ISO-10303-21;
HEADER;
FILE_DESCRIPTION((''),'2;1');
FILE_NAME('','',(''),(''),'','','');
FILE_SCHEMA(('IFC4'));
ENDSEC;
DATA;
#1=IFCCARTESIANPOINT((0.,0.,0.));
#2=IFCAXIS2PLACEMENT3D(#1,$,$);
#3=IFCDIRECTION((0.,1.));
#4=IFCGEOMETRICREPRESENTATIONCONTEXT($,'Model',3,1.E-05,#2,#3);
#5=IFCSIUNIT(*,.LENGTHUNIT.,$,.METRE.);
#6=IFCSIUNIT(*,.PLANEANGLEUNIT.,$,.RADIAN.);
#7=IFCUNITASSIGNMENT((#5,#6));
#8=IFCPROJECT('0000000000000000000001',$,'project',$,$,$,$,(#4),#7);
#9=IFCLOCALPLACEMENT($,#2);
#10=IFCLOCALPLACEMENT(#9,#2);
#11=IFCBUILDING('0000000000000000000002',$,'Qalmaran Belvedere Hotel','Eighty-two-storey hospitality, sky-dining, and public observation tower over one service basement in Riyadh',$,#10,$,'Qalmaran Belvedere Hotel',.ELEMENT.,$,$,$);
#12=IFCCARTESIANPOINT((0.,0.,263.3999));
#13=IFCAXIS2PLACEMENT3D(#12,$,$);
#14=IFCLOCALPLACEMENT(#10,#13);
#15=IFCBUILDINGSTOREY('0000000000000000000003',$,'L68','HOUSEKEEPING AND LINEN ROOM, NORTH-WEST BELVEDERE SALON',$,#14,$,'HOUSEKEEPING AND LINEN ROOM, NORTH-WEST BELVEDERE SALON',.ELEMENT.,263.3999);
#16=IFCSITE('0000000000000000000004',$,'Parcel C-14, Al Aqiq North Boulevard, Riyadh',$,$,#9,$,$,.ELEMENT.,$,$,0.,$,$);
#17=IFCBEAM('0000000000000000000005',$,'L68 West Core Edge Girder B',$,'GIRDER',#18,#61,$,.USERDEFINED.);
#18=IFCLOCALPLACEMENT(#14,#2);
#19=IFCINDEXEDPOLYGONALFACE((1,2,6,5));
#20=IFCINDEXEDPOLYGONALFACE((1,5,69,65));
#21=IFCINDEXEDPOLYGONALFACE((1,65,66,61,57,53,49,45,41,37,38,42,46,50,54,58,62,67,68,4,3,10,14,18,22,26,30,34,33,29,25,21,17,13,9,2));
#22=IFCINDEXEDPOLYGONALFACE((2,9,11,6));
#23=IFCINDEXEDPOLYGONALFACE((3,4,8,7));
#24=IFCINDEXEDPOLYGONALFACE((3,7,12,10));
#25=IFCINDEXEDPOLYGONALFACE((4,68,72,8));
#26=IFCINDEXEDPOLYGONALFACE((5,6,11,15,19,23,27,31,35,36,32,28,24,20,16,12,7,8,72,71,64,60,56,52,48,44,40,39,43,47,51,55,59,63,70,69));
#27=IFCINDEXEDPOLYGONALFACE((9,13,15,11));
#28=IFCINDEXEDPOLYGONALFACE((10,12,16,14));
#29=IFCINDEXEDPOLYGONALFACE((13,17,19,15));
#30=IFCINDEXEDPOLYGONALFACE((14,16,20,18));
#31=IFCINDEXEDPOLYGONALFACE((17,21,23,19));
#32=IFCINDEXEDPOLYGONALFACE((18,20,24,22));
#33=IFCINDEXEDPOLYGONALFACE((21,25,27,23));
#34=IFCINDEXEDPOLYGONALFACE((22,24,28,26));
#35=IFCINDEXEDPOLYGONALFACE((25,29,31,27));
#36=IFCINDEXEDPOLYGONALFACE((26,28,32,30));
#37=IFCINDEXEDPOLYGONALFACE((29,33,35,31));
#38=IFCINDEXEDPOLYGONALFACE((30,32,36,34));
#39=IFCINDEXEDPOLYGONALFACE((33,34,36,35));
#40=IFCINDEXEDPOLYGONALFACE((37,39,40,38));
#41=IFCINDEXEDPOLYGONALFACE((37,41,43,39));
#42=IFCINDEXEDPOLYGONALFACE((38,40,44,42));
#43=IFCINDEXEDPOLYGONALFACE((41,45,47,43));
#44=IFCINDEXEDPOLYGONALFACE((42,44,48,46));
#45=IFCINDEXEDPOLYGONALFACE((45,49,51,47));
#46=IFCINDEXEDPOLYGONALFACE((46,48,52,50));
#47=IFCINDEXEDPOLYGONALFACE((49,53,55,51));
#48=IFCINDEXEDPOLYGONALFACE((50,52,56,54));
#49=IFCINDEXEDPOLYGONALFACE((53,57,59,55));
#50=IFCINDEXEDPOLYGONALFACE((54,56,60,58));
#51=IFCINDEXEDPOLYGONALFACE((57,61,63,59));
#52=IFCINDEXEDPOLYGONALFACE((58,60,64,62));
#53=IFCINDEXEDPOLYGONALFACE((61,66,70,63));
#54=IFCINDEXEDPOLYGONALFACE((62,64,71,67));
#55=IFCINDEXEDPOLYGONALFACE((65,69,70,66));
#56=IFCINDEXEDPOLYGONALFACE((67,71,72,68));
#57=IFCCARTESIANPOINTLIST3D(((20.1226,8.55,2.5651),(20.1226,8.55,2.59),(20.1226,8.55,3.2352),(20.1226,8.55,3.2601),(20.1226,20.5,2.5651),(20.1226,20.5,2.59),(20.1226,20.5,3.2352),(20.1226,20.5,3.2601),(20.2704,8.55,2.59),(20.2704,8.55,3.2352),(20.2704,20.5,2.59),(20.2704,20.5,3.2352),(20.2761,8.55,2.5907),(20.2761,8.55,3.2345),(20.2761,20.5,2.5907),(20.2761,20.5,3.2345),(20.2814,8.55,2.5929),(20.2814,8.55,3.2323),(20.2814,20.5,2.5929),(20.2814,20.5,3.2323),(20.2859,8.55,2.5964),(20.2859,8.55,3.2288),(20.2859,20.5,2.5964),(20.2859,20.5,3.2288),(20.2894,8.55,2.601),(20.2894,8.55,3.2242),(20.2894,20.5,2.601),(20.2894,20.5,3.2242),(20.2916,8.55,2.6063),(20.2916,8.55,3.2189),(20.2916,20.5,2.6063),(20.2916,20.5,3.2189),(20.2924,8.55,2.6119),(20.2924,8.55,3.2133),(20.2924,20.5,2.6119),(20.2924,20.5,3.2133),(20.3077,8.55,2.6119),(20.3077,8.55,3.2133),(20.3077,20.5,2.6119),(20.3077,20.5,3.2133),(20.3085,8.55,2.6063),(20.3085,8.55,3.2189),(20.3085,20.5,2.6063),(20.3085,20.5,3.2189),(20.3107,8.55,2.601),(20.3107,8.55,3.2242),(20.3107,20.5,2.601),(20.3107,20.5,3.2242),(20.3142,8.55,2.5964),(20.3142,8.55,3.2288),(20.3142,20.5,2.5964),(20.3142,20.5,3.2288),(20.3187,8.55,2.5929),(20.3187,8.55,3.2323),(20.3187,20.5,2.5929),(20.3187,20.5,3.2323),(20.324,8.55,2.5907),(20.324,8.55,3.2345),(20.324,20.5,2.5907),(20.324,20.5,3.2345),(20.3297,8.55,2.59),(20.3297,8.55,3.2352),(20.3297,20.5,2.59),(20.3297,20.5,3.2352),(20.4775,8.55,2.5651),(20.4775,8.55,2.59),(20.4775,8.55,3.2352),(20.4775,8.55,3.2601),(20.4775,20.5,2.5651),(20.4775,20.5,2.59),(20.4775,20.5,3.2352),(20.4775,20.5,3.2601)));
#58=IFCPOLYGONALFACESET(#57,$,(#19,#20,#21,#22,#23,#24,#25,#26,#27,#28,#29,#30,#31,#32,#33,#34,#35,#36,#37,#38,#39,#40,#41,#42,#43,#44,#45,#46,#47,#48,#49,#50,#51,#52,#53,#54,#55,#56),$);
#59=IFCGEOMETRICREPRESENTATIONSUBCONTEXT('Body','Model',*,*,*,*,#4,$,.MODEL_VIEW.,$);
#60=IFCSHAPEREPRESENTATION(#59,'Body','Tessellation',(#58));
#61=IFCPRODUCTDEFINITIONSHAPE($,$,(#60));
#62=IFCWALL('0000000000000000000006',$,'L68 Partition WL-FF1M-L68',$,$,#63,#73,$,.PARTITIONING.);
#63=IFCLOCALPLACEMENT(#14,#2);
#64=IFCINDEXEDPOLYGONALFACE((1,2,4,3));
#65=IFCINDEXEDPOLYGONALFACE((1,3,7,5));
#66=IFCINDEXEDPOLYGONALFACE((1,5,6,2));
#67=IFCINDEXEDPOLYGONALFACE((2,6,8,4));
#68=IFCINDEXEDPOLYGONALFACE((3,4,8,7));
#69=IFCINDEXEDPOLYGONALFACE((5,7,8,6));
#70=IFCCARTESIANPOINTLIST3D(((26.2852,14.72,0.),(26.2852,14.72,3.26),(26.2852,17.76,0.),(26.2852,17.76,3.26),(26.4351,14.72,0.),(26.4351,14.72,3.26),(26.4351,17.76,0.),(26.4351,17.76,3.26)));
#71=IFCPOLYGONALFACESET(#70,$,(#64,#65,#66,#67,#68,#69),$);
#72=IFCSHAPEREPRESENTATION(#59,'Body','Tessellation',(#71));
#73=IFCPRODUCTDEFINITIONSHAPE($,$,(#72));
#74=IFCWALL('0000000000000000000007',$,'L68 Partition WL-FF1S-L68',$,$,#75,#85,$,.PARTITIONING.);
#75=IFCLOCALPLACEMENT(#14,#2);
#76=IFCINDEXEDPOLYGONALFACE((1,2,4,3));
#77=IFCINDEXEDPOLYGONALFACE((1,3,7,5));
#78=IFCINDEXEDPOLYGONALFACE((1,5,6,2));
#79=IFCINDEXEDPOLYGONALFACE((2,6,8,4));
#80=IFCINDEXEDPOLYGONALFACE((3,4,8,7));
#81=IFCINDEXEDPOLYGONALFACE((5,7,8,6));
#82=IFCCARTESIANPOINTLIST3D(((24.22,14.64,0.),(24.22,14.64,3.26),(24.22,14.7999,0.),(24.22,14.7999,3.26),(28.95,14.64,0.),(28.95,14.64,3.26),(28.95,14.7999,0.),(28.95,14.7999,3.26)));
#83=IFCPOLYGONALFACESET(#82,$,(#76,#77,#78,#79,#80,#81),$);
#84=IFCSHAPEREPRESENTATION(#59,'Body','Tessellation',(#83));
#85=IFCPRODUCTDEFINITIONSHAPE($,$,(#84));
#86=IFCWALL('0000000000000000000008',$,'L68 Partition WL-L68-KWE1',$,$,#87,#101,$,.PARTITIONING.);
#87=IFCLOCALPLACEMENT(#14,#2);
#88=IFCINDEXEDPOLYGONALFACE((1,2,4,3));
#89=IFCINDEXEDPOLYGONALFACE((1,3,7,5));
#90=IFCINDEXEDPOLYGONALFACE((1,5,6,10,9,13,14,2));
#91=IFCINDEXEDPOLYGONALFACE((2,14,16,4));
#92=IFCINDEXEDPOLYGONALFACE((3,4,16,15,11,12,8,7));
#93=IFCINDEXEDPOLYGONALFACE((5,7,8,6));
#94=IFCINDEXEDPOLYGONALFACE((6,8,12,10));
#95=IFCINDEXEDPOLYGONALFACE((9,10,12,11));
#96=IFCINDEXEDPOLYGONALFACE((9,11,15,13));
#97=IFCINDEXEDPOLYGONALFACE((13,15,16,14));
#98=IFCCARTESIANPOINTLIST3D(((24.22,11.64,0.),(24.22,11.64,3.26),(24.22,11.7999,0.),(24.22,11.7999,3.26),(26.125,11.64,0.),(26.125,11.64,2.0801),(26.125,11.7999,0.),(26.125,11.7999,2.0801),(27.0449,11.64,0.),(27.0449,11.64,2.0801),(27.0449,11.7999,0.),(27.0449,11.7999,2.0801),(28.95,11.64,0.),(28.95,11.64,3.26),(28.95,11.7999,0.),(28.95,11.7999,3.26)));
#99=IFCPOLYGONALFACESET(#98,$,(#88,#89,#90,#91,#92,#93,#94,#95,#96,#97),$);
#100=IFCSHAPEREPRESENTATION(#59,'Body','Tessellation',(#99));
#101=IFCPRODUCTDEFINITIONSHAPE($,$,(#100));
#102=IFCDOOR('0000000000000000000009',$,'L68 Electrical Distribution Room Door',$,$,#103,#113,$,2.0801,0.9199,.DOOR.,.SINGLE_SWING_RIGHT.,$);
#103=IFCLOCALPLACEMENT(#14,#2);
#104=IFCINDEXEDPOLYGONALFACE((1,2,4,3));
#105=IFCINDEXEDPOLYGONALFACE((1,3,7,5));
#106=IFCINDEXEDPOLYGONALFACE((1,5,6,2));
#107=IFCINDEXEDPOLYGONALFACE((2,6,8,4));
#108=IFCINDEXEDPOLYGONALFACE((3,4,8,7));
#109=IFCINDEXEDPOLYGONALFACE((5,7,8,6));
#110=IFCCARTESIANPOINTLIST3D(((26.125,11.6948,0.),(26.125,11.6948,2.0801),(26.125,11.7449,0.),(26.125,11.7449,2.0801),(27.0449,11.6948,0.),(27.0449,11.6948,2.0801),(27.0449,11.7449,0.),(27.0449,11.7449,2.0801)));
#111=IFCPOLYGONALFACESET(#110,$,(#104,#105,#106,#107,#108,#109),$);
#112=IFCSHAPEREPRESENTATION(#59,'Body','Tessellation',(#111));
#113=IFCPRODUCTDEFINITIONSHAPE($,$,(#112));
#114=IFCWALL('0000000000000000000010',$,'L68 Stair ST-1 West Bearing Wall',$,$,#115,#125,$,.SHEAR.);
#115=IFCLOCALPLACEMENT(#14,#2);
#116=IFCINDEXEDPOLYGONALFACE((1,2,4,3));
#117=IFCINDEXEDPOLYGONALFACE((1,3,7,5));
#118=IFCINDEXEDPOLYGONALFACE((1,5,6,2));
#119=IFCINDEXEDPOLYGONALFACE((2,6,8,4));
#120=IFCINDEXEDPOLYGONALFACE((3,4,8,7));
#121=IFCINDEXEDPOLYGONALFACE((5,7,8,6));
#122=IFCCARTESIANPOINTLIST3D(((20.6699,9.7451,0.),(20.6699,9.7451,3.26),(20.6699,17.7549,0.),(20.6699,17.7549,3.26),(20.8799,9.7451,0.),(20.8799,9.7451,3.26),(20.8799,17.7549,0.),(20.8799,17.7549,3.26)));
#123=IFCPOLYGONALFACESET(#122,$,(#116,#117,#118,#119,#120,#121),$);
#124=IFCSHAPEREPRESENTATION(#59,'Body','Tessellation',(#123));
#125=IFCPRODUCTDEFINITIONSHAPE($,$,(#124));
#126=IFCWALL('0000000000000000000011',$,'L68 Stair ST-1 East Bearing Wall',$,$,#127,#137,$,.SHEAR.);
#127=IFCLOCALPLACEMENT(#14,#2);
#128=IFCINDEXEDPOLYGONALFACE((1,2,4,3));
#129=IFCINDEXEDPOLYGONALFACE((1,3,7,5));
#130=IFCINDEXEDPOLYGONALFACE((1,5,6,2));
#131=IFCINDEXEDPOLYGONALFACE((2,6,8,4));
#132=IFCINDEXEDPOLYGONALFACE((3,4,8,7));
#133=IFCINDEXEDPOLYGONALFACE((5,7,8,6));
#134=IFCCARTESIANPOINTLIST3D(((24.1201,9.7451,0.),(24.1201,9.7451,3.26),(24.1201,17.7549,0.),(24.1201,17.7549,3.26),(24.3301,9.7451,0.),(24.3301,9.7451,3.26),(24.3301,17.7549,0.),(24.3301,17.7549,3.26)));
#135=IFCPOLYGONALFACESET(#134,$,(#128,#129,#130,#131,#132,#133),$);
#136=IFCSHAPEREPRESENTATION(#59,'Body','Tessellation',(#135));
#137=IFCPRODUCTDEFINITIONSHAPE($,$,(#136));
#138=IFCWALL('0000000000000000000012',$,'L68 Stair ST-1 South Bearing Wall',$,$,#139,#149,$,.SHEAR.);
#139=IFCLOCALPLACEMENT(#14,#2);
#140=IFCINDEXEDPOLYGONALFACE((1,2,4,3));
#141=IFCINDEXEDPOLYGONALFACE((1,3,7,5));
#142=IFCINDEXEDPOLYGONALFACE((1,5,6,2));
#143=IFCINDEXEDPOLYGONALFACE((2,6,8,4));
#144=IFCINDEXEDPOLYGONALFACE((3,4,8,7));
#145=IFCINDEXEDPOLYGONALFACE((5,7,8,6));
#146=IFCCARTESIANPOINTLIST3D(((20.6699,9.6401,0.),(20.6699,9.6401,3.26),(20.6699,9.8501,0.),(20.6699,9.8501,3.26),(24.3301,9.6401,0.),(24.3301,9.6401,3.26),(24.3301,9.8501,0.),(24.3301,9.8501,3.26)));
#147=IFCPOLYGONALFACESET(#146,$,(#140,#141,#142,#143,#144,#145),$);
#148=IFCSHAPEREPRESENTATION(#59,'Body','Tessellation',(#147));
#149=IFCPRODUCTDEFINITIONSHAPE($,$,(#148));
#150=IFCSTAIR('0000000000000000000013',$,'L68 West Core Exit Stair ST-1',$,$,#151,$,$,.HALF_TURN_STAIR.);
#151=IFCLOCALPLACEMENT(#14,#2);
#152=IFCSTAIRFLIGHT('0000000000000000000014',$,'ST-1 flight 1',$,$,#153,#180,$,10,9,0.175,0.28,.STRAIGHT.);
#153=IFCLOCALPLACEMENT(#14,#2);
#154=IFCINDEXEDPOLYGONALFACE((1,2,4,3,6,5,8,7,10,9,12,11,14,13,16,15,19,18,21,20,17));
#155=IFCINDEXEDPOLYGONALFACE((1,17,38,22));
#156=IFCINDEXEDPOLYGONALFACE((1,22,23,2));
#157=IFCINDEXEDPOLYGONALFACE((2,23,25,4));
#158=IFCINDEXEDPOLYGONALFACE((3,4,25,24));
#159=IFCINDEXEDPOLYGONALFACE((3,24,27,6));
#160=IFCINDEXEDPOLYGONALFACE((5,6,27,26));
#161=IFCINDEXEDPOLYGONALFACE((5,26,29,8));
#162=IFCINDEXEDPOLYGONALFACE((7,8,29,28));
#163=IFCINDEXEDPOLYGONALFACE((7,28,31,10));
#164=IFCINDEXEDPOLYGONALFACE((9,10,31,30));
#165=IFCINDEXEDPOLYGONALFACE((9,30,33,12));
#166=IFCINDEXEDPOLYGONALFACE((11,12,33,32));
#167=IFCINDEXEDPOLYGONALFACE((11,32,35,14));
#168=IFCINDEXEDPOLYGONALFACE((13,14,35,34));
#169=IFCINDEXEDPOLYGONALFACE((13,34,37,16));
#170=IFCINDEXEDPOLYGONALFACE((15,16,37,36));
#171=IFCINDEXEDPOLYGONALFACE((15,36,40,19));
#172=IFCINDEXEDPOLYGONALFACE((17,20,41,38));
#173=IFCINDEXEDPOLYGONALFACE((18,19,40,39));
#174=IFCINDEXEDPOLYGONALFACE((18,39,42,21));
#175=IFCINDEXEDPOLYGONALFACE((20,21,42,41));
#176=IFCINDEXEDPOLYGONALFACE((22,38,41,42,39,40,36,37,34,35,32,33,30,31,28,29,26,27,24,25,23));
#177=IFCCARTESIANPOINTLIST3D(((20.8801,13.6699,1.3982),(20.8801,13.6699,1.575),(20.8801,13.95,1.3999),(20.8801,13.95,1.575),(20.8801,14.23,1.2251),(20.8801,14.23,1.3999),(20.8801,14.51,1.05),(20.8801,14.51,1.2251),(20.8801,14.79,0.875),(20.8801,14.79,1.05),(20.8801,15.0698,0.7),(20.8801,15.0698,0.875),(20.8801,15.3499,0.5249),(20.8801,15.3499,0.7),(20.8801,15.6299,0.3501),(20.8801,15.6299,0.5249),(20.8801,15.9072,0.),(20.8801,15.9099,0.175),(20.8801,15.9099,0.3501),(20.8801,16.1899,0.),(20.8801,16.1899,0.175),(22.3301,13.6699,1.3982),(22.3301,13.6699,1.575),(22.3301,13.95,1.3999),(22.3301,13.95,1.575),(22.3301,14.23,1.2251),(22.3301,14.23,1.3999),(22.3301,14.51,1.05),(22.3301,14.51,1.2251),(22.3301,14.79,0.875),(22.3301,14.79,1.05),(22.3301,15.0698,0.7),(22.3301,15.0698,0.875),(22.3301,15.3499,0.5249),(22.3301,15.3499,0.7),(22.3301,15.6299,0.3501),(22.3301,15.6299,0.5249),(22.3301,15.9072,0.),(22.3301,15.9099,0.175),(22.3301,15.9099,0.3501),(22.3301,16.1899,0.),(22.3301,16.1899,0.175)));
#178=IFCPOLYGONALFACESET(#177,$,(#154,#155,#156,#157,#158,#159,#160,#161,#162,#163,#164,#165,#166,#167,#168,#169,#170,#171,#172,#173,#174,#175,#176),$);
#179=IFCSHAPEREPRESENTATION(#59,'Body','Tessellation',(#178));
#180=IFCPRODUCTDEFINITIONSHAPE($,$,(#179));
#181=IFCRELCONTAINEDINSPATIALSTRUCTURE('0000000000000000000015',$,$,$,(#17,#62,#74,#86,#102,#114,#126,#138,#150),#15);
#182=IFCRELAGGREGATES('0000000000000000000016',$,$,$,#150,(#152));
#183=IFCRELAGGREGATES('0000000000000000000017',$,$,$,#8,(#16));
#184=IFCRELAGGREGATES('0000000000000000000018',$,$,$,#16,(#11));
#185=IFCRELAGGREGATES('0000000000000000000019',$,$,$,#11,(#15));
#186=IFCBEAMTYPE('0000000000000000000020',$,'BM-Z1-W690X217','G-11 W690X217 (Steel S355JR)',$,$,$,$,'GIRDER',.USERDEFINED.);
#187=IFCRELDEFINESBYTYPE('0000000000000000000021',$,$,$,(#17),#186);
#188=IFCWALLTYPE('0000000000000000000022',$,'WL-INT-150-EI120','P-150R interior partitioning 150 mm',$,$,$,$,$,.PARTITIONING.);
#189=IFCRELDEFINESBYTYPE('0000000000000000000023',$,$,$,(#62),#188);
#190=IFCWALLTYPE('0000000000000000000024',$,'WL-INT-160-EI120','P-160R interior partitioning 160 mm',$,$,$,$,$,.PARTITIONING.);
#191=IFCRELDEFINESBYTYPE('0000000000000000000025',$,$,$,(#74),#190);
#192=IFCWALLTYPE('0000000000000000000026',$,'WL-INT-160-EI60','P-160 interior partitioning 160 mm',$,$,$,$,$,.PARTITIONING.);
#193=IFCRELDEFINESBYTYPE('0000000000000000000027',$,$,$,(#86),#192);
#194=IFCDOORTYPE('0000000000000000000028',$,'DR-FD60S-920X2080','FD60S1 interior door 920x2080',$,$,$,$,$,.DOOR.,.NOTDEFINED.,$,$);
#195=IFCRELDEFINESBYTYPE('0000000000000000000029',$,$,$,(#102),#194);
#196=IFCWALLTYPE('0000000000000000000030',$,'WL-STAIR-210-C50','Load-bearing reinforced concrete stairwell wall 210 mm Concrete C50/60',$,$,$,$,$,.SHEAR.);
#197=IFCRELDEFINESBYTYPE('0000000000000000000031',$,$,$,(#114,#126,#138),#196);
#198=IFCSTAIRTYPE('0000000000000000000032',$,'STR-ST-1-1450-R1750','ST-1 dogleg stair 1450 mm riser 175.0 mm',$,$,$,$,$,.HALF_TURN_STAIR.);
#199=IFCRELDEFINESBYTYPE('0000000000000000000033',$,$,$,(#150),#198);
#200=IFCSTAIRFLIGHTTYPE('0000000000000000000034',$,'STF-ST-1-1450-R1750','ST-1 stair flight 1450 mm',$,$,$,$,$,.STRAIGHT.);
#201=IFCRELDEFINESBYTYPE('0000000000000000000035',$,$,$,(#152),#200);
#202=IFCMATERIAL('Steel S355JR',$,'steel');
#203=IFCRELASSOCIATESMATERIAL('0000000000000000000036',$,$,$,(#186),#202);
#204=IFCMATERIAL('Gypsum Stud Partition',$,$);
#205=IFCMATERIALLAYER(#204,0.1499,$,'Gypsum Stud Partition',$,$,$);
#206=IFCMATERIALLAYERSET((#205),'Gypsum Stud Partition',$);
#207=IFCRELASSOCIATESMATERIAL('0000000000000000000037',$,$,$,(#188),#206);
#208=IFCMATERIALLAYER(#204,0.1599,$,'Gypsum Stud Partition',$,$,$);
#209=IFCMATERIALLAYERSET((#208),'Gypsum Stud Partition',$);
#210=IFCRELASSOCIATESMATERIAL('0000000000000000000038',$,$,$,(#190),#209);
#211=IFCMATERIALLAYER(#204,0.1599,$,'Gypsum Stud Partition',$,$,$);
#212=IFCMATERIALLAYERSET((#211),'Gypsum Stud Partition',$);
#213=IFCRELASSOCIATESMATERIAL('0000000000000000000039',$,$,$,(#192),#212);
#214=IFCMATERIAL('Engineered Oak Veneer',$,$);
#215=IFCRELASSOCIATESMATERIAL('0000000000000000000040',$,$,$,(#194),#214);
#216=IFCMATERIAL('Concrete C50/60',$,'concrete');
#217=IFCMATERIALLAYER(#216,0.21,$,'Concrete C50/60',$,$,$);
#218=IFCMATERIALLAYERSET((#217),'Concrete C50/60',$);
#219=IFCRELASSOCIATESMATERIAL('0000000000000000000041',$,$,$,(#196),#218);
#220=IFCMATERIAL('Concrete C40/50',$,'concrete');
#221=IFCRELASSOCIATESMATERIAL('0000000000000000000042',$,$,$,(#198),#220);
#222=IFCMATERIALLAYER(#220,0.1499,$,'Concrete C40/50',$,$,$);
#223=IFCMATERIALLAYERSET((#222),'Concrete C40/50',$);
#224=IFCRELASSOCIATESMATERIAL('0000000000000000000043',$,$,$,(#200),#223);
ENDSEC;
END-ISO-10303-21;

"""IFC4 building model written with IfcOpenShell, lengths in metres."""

from ifc_helpers import new_model, si_unit, direction, frame, frame_2d, origin, origin_2d, place, context, subcontext, project, spatial, polyline, rectangle, i_section, outline, extrude, material, layer, layer_set, material_profile, profile_set, type_object, element, fill, aggregate, save


model = new_model("IFC4")

# Units and contexts
model_context = context("Model", 3, precision=1e-05, world=origin(), true_north=direction((0.0, 1.0)))
body_context = subcontext(model_context, "Body", "Model", "MODEL_VIEW")
ifc_project = project(units=[si_unit("LENGTHUNIT", "METRE"), si_unit("PLANEANGLEUNIT", "RADIAN")], contexts=[model_context])

# Site, building, storey
site_placement = place(None, origin())
site = spatial("IfcSite", under=ifc_project, at=site_placement, Name="Parcel C-14, Al Aqiq North Boulevard, Riyadh", CompositionType="ELEMENT", RefElevation=0.0)
building_placement = place(site_placement, origin())
building = spatial("IfcBuilding", under=site, at=building_placement, Name="Qalmaran Belvedere Hotel", Description="Eighty-two-storey hospitality, sky-dining, and public observation tower over one service basement in Riyadh", LongName="Qalmaran Belvedere Hotel", CompositionType="ELEMENT")
storey_placement = place(building_placement, frame((0.0, 0.0, 263.3999)))
storey = spatial("IfcBuildingStorey", under=building, at=storey_placement, Name="L68", Description="HOUSEKEEPING AND LINEN ROOM, NORTH-WEST BELVEDERE SALON", LongName="HOUSEKEEPING AND LINEN ROOM, NORTH-WEST BELVEDERE SALON", CompositionType="ELEMENT", Elevation=263.3999)

# Beam
ifc_material_1 = material(Name="Steel S355JR", Category="steel")
ifc_material_profile = material_profile(ifc_material_1, i_section(OverallWidth=0.355, OverallDepth=0.6951, WebThickness=0.0154, FlangeThickness=0.0249, FilletRadius=0.022, at=origin_2d()), Name="W690X217")
ifc_profile_set = profile_set([ifc_material_profile], Name="Steel S355JR")
beam_type = type_object("IfcBeamType", Name="BM-Z1-W690X217", Description="G-11 W690X217 (Steel S355JR)", ElementType="GIRDER", PredefinedType="USERDEFINED", material=ifc_profile_set)
beam_placement = place(storey_placement, frame((20.3, 8.55, 2.9126), z_axis=(0.0, 1.0, 0.0), x_axis=(-1.0, 0.0, 0.0)))
element("IfcBeam", 1, at=beam_placement, inside=storey, type_object=beam_type, Name="L68 West Core Edge Girder B", ObjectType="GIRDER", PredefinedType="USERDEFINED", context=body_context, shape_type="SweptSolid", body=[
    extrude(i_section(OverallWidth=0.355, OverallDepth=0.6951, WebThickness=0.0154, FlangeThickness=0.0249, FilletRadius=0.022, at=origin_2d()), origin(), (0.0, 0.0, 1.0), 11.95),
])

# Walls
ifc_material_2 = material(Name="Gypsum Stud Partition")
ifc_layer_1 = layer(ifc_material_2, 0.1499, Name="Gypsum Stud Partition")
ifc_layer_set_1 = layer_set([ifc_layer_1], Name="Gypsum Stud Partition")
wall_type_1 = type_object("IfcWallType", Name="WL-INT-150-EI120", Description="P-150R interior partitioning 150 mm", PredefinedType="PARTITIONING", material=ifc_layer_set_1)
wall_1_placement = place(storey_placement, frame((26.3601, 14.72, 0.0), z_axis=(0.0, 0.0, 1.0), x_axis=(0.0, 1.0, 0.0)))
element("IfcWall", 2, at=wall_1_placement, inside=storey, type_object=wall_type_1, Name="L68 Partition WL-FF1M-L68", PredefinedType="PARTITIONING", context=body_context, shape_type="SweptSolid", body=[
    extrude(rectangle(XDim=3.04, YDim=0.1499, at=frame_2d((1.52, 0.0))), origin(), (0.0, 0.0, 1.0), 3.26),
])
ifc_layer_2 = layer(ifc_material_2, 0.1599, Name="Gypsum Stud Partition")
ifc_layer_set_2 = layer_set([ifc_layer_2], Name="Gypsum Stud Partition")
wall_type_2 = type_object("IfcWallType", Name="WL-INT-160-EI120", Description="P-160R interior partitioning 160 mm", PredefinedType="PARTITIONING", material=ifc_layer_set_2)
wall_2_placement = place(storey_placement, frame((24.22, 14.72, 0.0), z_axis=(0.0, 0.0, 1.0), x_axis=(1.0, 0.0, 0.0)))
element("IfcWall", 3, at=wall_2_placement, inside=storey, type_object=wall_type_2, Name="L68 Partition WL-FF1S-L68", PredefinedType="PARTITIONING", context=body_context, shape_type="SweptSolid", body=[
    extrude(rectangle(XDim=4.73, YDim=0.1599, at=frame_2d((2.365, 0.0))), origin(), (0.0, 0.0, 1.0), 3.26),
])

# Wall, opening, door
ifc_layer_3 = layer(ifc_material_2, 0.1599, Name="Gypsum Stud Partition")
ifc_layer_set_3 = layer_set([ifc_layer_3], Name="Gypsum Stud Partition")
wall_type_3 = type_object("IfcWallType", Name="WL-INT-160-EI60", Description="P-160 interior partitioning 160 mm", PredefinedType="PARTITIONING", material=ifc_layer_set_3)
wall_3_placement = place(storey_placement, frame((24.22, 11.72, 0.0), z_axis=(0.0, 0.0, 1.0), x_axis=(1.0, 0.0, 0.0)))
wall_3 = element("IfcWall", 4, at=wall_3_placement, inside=storey, type_object=wall_type_3, Name="L68 Partition WL-L68-KWE1", PredefinedType="PARTITIONING", context=body_context, shape_type="SweptSolid", body=[
    extrude(rectangle(XDim=4.73, YDim=0.1599, at=frame_2d((2.365, 0.0))), origin(), (0.0, 0.0, 1.0), 3.26),
])
opening_1_placement = place(wall_3_placement, frame((1.905, 0.0, 0.0)))
opening_1 = element("IfcOpeningElement", 5, at=opening_1_placement, cuts=wall_3, PredefinedType="OPENING", context=body_context, shape_type="SweptSolid", body=[
    extrude(rectangle(XDim=0.9199, YDim=2.0801, at=frame_2d((0.46, 1.04))), frame((0.0, 0.0898, 0.0), z_axis=(0.0, -1.0, 0.0), x_axis=(1.0, 0.0, 0.0)), (0.0, 0.0, 1.0), 0.1799),
])
ifc_material_3 = material(Name="Engineered Oak Veneer")
door_type_1 = type_object("IfcDoorType", Name="DR-FD60S-920X2080", Description="FD60S1 interior door 920x2080", OperationType="NOTDEFINED", PredefinedType="DOOR", material=ifc_material_3)
door_1_placement = place(opening_1_placement, origin())
door_1 = element("IfcDoor", 6, at=door_1_placement, inside=storey, type_object=door_type_1, Name="L68 Electrical Distribution Room Door", OperationType="SINGLE_SWING_RIGHT", OverallHeight=2.0801, OverallWidth=0.9199, PredefinedType="DOOR", context=body_context, shape_type="SweptSolid", body=[
    extrude(rectangle(XDim=0.9199, YDim=2.0801, at=frame_2d((0.46, 1.04))), frame((0.0, 0.0249, 0.0), z_axis=(0.0, -1.0, 0.0), x_axis=(1.0, 0.0, 0.0)), (0.0, 0.0, 1.0), 0.05),
])
fill(opening_1, door_1)

# Walls
ifc_material_4 = material(Name="Concrete C50/60", Category="concrete")
ifc_layer_4 = layer(ifc_material_4, 0.21, Name="Concrete C50/60")
ifc_layer_set_4 = layer_set([ifc_layer_4], Name="Concrete C50/60")
wall_type_4 = type_object("IfcWallType", Name="WL-STAIR-210-C50", Description="Load-bearing reinforced concrete stairwell wall 210 mm Concrete C50/60", PredefinedType="SHEAR", material=ifc_layer_set_4)
for number, where, z_axis, x_axis, name in (
    (7, (20.7749, 9.7451, 0.0), (0.0, 0.0, 1.0), (0.0, 1.0, 0.0), "L68 Stair ST-1 West Bearing Wall"),
    (8, (24.2251, 9.7451, 0.0), (0.0, 0.0, 1.0), (0.0, 1.0, 0.0), "L68 Stair ST-1 East Bearing Wall"),
):
    element("IfcWall", number, at=place(storey_placement, frame(where, z_axis=z_axis, x_axis=x_axis)), inside=storey, type_object=wall_type_4, Name=name, PredefinedType="SHEAR", context=body_context, shape_type="SweptSolid", body=[
        extrude(rectangle(XDim=8.0098, YDim=0.21, at=frame_2d((4.0049, 0.0))), origin(), (0.0, 0.0, 1.0), 3.26),
    ])
wall_4_placement = place(storey_placement, frame((20.6699, 9.7451, 0.0), z_axis=(0.0, 0.0, 1.0), x_axis=(1.0, 0.0, 0.0)))
element("IfcWall", 9, at=wall_4_placement, inside=storey, type_object=wall_type_4, Name="L68 Stair ST-1 South Bearing Wall", PredefinedType="SHEAR", context=body_context, shape_type="SweptSolid", body=[
    extrude(rectangle(XDim=3.6602, YDim=0.21, at=frame_2d((1.8301, 0.0))), origin(), (0.0, 0.0, 1.0), 3.26),
])

# Stair, stair flight
ifc_material_5 = material(Name="Concrete C40/50", Category="concrete")
stair_type = type_object("IfcStairType", Name="STR-ST-1-1450-R1750", Description="ST-1 dogleg stair 1450 mm riser 175.0 mm", PredefinedType="HALF_TURN_STAIR", material=ifc_material_5)
stair_placement = place(storey_placement, origin())
stair = element("IfcStair", 10, at=stair_placement, inside=storey, type_object=stair_type, Name="L68 West Core Exit Stair ST-1", PredefinedType="HALF_TURN_STAIR")
ifc_layer_5 = layer(ifc_material_5, 0.1499, Name="Concrete C40/50")
ifc_layer_set_5 = layer_set([ifc_layer_5], Name="Concrete C40/50")
stair_flight_type = type_object("IfcStairFlightType", Name="STF-ST-1-1450-R1750", Description="ST-1 stair flight 1450 mm", PredefinedType="STRAIGHT", material=ifc_layer_set_5)
stair_flight_1_placement = place(storey_placement, frame((21.605, 16.1899, 0.0), z_axis=(0.0, 0.0, 1.0), x_axis=(0.0, -1.0, 0.0)))
stair_flight_1 = element("IfcStairFlight", 11, at=stair_flight_1_placement, type_object=stair_flight_type, Name="ST-1 flight 1", NumberOfRisers=10, NumberOfTreads=9, PredefinedType="STRAIGHT", RiserHeight=0.175, TreadLength=0.28, context=body_context, shape_type="SweptSolid", body=[
    extrude(outline(polyline([(0.0, 0.0), (0.0, 0.175), (0.28, 0.175), (0.28, 0.3501), (0.5601, 0.3501), (0.5601, 0.5249), (0.8401, 0.5249), (0.8401, 0.7), (1.1201, 0.7), (1.1201, 0.875), (1.3999, 0.875), (1.3999, 1.05), (1.6799, 1.05), (1.6799, 1.2251), (1.96, 1.2251), (1.96, 1.3999), (2.24, 1.3999), (2.24, 1.575), (2.52, 1.575), (2.52, 1.75), (2.52, 1.3982), (0.2827, 0.0), (0.0, 0.0)])), frame((0.0, 0.7251, 0.0), z_axis=(0.0, -1.0, 0.0), x_axis=(1.0, 0.0, 0.0)), (0.0, 0.0, 1.0), 1.45),
])
aggregate(stair, [stair_flight_1])

save(model, "model.ifc")
